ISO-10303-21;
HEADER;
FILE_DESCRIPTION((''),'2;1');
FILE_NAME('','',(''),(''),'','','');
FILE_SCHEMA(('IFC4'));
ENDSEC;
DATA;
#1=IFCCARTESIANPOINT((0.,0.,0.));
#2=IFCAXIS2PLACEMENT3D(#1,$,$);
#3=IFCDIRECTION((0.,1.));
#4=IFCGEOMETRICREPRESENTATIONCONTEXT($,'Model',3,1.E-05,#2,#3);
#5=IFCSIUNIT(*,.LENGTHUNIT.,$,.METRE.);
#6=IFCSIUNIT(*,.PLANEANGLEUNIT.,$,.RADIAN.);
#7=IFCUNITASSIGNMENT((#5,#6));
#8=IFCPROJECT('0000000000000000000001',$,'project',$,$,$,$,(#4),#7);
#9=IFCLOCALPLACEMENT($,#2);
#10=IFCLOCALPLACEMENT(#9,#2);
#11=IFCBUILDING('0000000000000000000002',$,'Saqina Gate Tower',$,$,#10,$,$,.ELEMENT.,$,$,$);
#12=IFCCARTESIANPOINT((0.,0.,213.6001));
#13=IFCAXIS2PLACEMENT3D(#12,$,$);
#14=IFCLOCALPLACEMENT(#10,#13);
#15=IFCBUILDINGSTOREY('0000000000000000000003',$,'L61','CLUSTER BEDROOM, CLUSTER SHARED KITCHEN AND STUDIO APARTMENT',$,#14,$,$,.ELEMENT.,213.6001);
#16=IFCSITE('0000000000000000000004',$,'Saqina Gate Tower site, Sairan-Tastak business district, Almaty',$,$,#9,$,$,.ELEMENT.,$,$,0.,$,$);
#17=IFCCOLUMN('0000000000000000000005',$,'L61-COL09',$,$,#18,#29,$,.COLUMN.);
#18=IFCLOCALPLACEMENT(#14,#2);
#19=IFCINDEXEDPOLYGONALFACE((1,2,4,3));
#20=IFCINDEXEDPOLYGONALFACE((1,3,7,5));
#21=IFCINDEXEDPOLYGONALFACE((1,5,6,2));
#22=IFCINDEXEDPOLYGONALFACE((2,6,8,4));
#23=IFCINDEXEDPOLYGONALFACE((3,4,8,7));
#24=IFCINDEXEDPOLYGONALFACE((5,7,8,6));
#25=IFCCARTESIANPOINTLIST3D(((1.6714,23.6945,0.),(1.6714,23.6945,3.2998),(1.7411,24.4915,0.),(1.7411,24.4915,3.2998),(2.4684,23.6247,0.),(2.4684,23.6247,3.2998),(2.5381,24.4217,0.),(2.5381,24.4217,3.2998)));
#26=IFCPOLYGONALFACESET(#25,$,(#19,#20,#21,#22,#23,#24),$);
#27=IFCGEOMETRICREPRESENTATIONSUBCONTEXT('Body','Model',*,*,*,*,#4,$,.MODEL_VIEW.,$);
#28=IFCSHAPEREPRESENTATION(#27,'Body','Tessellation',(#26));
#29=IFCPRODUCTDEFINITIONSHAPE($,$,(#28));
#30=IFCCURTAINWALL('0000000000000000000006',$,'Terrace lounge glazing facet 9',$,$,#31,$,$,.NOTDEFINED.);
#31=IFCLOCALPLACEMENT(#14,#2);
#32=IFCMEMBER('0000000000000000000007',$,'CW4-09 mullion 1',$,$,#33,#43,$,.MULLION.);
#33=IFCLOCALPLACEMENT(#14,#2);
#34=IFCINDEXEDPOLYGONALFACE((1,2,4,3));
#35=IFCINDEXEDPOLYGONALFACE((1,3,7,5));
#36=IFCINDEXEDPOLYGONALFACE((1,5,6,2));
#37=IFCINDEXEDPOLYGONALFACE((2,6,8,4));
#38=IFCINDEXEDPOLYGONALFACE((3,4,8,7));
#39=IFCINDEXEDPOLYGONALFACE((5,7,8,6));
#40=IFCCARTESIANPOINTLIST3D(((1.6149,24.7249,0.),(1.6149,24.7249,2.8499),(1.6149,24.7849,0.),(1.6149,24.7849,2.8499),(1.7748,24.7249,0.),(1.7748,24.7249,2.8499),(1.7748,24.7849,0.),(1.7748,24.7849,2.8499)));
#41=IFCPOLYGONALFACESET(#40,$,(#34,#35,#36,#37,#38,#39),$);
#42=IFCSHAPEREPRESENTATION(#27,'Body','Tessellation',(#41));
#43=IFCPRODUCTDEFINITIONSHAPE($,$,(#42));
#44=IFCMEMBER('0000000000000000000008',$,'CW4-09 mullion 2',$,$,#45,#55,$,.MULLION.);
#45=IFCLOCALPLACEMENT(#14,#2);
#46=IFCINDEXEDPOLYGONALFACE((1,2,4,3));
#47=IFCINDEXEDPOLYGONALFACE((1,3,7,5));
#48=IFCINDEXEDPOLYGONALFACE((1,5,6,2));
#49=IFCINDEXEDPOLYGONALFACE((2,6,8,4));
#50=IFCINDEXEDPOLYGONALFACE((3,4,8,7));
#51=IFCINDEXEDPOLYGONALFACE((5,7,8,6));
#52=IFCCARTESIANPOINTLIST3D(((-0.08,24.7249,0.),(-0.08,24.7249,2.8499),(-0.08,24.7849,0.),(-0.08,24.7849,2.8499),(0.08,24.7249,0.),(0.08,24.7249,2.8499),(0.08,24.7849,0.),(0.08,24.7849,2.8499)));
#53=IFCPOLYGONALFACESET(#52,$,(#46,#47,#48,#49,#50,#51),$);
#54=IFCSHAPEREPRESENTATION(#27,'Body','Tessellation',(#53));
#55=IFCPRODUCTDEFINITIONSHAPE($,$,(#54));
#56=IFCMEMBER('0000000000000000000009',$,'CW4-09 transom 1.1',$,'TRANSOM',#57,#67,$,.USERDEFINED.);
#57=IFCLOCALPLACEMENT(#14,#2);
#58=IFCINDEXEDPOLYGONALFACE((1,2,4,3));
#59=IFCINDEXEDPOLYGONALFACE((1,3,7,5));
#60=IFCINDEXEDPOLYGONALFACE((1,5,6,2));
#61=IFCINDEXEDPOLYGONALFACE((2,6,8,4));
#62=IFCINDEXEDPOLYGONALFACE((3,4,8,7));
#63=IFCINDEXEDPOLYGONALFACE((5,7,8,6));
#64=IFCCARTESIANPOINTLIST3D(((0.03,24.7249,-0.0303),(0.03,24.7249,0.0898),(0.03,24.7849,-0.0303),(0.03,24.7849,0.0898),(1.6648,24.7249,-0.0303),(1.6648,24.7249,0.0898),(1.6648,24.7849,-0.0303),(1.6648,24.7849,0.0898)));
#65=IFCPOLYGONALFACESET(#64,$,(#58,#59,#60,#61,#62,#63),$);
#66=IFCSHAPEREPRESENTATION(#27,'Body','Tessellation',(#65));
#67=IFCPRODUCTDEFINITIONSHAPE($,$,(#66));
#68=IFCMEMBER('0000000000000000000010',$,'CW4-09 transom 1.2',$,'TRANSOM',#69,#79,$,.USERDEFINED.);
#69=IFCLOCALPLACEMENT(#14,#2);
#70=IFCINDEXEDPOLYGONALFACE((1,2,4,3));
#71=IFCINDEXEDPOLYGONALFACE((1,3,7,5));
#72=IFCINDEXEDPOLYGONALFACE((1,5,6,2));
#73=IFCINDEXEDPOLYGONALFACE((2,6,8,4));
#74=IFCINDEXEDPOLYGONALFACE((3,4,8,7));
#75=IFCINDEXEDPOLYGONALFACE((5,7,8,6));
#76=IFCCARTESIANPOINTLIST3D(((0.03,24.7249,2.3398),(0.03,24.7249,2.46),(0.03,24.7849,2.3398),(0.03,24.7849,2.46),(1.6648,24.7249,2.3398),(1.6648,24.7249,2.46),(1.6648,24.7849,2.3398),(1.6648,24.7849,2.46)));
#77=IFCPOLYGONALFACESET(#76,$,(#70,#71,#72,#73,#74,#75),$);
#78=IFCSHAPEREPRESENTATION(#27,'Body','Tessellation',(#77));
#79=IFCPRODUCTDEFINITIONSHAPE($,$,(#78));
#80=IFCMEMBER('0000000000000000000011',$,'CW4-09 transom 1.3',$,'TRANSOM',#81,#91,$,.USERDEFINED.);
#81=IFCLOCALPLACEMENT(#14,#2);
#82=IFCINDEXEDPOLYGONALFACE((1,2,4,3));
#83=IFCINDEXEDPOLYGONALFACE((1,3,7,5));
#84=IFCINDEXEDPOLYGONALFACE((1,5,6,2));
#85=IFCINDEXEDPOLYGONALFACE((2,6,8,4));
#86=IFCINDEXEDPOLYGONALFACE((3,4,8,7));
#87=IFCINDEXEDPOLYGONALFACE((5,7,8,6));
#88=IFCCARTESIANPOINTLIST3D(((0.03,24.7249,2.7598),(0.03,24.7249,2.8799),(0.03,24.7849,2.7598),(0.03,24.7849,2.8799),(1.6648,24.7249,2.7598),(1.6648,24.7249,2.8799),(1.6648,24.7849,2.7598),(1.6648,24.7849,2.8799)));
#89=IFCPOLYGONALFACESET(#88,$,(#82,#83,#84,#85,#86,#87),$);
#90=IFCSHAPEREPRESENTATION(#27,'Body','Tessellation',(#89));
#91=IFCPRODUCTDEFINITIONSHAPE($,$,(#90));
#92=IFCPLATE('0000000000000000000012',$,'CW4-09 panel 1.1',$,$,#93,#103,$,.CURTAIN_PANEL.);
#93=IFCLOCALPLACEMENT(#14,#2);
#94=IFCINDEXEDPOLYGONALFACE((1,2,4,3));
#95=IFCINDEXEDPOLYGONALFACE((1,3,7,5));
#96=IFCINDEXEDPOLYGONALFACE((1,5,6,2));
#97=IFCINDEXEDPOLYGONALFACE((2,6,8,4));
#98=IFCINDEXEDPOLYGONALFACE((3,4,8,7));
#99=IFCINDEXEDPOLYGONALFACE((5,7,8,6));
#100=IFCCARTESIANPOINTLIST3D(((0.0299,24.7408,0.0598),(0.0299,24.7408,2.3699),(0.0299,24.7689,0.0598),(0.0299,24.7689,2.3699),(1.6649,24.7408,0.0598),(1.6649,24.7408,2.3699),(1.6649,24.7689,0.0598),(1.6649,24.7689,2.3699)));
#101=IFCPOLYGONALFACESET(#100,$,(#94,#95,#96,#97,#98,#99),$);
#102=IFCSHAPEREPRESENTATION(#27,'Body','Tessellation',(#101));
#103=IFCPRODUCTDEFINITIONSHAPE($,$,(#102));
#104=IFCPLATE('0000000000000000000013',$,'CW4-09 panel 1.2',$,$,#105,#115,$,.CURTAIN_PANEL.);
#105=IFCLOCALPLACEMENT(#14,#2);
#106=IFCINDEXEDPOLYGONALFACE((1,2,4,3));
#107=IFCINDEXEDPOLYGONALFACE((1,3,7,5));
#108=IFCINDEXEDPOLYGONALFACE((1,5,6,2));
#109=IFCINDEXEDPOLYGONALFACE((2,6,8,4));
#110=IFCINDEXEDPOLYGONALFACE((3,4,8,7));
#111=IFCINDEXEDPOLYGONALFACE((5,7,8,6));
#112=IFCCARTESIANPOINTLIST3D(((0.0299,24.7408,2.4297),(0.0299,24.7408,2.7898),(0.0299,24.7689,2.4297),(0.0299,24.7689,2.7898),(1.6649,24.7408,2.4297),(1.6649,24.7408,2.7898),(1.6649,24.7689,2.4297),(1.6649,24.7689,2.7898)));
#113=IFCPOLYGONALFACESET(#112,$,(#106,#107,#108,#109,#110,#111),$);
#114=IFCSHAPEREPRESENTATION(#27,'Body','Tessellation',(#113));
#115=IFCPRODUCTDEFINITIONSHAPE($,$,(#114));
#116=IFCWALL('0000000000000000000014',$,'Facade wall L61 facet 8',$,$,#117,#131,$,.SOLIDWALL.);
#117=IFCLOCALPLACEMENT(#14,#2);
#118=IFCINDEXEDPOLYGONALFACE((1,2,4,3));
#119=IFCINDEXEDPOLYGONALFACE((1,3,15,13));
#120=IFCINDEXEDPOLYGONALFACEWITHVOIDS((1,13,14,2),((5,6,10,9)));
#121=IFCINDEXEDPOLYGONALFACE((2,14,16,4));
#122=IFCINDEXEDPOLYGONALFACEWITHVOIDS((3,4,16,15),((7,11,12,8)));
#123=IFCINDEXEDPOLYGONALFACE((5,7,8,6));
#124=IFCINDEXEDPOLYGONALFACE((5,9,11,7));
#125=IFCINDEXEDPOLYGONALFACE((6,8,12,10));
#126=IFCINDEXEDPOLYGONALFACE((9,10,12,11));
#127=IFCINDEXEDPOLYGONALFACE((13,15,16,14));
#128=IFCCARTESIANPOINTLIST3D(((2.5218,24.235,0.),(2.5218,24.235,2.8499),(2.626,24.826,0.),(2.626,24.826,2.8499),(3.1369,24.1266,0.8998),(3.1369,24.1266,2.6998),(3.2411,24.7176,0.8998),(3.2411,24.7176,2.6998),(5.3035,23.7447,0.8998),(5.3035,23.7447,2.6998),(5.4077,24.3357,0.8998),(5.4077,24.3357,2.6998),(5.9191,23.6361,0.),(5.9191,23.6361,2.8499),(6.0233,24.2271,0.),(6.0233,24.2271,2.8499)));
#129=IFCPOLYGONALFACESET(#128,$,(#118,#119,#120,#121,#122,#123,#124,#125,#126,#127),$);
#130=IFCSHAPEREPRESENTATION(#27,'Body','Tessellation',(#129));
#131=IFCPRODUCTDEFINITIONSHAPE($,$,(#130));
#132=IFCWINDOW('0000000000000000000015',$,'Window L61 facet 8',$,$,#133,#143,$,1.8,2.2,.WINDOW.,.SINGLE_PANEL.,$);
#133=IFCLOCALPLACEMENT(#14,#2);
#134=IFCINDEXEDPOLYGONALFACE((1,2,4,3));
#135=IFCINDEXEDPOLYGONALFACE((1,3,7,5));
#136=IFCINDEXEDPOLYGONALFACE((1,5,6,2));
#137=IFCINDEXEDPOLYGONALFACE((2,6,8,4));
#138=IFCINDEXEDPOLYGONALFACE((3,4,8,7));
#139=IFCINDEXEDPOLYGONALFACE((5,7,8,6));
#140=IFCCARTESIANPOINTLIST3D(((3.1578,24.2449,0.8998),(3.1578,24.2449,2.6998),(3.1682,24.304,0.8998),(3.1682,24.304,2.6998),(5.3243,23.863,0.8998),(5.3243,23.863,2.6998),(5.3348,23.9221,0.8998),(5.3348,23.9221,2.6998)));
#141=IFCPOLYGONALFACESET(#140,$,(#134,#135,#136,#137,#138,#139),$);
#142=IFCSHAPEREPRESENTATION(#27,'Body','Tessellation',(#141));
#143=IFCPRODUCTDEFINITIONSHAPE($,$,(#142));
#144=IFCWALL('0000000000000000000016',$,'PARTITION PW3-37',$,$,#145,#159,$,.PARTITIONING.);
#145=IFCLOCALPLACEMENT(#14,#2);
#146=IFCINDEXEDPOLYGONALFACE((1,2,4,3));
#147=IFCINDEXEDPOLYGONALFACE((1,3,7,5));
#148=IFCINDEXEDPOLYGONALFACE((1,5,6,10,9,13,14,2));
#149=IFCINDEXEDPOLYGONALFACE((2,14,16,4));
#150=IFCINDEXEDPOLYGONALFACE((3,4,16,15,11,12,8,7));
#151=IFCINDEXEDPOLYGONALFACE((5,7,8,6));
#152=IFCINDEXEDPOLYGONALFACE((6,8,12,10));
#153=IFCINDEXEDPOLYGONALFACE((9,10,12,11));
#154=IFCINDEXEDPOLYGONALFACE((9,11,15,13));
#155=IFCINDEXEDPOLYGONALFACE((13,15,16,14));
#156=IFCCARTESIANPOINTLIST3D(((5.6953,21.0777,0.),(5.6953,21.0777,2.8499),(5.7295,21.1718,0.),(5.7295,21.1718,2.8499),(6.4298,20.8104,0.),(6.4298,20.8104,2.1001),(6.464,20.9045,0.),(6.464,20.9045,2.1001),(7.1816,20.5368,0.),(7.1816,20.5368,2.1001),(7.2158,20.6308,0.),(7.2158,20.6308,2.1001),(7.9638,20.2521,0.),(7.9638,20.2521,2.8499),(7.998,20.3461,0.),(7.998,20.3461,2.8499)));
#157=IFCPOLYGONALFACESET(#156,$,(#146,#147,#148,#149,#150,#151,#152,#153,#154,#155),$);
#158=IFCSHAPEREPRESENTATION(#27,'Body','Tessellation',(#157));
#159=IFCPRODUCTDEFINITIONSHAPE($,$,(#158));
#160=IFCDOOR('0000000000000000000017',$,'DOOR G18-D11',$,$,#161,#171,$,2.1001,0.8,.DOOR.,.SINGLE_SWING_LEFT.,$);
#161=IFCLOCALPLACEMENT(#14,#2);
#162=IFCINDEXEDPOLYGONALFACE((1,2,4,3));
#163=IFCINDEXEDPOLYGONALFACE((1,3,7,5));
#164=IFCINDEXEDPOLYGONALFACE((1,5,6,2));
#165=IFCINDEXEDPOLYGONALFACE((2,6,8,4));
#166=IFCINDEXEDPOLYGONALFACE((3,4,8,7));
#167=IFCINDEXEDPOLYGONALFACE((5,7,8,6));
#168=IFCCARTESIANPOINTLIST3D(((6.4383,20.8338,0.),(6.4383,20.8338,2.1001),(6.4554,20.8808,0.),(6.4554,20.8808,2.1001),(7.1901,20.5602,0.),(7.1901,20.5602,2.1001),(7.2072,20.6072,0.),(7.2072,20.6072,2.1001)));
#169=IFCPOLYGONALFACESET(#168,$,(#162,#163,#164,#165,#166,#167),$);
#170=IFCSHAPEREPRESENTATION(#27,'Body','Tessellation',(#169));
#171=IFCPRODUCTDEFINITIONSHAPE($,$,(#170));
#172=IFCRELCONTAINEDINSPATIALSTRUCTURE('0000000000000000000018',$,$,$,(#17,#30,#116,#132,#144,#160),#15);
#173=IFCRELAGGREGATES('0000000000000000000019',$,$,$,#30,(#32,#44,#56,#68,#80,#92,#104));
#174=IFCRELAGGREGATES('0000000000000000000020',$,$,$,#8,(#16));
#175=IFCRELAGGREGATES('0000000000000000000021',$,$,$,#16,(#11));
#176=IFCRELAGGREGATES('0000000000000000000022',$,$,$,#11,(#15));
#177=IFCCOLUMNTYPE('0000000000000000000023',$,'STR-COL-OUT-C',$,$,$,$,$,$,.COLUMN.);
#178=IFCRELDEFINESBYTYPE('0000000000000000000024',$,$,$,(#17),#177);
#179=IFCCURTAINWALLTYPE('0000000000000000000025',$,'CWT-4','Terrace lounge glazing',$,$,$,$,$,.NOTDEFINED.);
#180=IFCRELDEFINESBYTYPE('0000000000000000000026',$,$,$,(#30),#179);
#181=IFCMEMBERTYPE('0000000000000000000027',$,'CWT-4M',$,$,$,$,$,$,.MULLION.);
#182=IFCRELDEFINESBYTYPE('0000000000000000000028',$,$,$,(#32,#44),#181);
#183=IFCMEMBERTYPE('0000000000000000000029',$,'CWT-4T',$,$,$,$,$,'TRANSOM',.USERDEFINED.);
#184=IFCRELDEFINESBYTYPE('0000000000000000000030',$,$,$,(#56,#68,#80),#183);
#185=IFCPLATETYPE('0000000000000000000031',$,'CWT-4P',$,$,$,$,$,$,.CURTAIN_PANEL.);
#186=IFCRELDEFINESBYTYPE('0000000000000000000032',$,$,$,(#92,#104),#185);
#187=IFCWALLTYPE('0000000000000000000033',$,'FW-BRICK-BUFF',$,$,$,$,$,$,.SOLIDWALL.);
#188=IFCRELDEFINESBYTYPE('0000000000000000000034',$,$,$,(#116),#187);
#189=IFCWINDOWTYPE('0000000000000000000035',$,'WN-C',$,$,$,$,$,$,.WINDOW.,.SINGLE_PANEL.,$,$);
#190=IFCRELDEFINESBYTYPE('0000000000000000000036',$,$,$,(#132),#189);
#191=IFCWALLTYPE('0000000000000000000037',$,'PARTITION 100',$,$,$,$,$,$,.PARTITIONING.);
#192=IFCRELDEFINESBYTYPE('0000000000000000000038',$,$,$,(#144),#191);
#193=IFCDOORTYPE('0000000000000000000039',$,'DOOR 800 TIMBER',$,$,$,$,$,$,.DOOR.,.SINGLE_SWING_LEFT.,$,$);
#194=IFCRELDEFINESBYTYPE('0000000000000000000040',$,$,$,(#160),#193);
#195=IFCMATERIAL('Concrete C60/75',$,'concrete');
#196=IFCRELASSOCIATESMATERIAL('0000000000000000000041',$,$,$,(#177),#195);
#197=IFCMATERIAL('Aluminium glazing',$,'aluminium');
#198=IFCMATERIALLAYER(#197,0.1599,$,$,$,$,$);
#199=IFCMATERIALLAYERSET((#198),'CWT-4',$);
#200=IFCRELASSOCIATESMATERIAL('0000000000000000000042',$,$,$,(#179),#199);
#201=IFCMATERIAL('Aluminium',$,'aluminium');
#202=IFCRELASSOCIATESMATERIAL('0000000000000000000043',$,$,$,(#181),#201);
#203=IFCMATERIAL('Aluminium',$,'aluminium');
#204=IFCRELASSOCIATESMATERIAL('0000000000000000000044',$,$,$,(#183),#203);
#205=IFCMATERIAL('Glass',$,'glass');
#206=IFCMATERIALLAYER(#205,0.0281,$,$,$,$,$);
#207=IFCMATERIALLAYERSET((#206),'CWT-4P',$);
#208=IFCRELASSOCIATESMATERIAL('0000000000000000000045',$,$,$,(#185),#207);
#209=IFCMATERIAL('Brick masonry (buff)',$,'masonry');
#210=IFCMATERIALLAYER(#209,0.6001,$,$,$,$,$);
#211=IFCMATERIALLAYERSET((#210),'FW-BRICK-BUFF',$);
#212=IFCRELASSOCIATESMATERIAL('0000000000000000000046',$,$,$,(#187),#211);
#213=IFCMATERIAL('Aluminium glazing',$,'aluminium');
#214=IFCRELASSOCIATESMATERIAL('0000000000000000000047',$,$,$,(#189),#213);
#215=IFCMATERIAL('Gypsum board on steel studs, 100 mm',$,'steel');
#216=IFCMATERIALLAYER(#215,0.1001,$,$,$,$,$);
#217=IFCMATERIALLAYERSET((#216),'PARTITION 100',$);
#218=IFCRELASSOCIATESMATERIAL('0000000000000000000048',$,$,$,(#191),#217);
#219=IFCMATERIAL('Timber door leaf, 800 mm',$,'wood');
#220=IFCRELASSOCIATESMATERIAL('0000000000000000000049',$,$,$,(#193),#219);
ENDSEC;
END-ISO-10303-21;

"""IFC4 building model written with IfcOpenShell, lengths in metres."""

from ifc_helpers import new_model, si_unit, direction, frame, frame_2d, origin, origin_2d, place, context, subcontext, project, spatial, rectangle, extrude, material, layer, layer_set, material_profile, profile_set, type_object, element, fill, aggregate, save


model = new_model("IFC4")

# Units and contexts
model_context = context("Model", 3, precision=1e-05, world=origin(), true_north=direction((0.0, 1.0)))
body_context = subcontext(model_context, "Body", "Model", "MODEL_VIEW")
ifc_project = project(units=[si_unit("LENGTHUNIT", "METRE"), si_unit("PLANEANGLEUNIT", "RADIAN")], contexts=[model_context])

# Site, building, storey
site_placement = place(None, origin())
site = spatial("IfcSite", under=ifc_project, at=site_placement, Name="Saqina Gate Tower site, Sairan-Tastak business district, Almaty", CompositionType="ELEMENT", RefElevation=0.0)
building_placement = place(site_placement, origin())
building = spatial("IfcBuilding", under=site, at=building_placement, Name="Saqina Gate Tower", CompositionType="ELEMENT")
storey_placement = place(building_placement, frame((0.0, 0.0, 213.6001)))
storey = spatial("IfcBuildingStorey", under=building, at=storey_placement, Name="L61", Description="CLUSTER BEDROOM, CLUSTER SHARED KITCHEN AND STUDIO APARTMENT", CompositionType="ELEMENT", Elevation=213.6001)

# Column
ifc_material_1 = material(Name="Concrete C60/75", Category="concrete")
ifc_material_profile_1 = material_profile(ifc_material_1, rectangle(XDim=0.8, YDim=0.8, at=origin_2d()), Name="RC 800x800")
ifc_profile_set_1 = profile_set([ifc_material_profile_1], Name="Concrete C60/75")
column_type = type_object("IfcColumnType", Name="STR-COL-OUT-C", PredefinedType="COLUMN", material=ifc_profile_set_1)
column_placement = place(storey_placement, frame((2.1047, 24.0581, 0.0), z_axis=(0.0, 0.0, 1.0), x_axis=(0.087156, 0.996195, 0.0)))
element("IfcColumn", 1, at=column_placement, inside=storey, type_object=column_type, Name="L61-COL09", PredefinedType="COLUMN", context=body_context, shape_type="SweptSolid", body=[
    extrude(rectangle(XDim=0.8, YDim=0.8, at=origin_2d()), origin(), (0.0, 0.0, 1.0), 3.2998),
])

# Curtain wall, members, plates
ifc_material_2 = material(Name="Aluminium glazing", Category="aluminium")
ifc_layer_1 = layer(ifc_material_2, 0.1599)
ifc_layer_set_1 = layer_set([ifc_layer_1], Name="CWT-4")
curtain_wall_type = type_object("IfcCurtainWallType", Name="CWT-4", Description="Terrace lounge glazing", PredefinedType="NOTDEFINED", material=ifc_layer_set_1)
curtain_wall_placement = place(storey_placement, origin())
curtain_wall = element("IfcCurtainWall", 2, at=curtain_wall_placement, inside=storey, type_object=curtain_wall_type, Name="Terrace lounge glazing facet 9", PredefinedType="NOTDEFINED")
ifc_material_3 = material(Name="Aluminium", Category="aluminium")
ifc_material_profile_2 = material_profile(ifc_material_3, rectangle(XDim=0.0601, YDim=0.1599, at=origin_2d()), Name="Aluminium 60x160")
ifc_profile_set_2 = profile_set([ifc_material_profile_2], Name="Aluminium")
member_type_1 = type_object("IfcMemberType", Name="CWT-4M", PredefinedType="MULLION", material=ifc_profile_set_2)
member_1_placement = place(storey_placement, frame((1.6948, 24.7549, 0.0), z_axis=(0.0, 0.0, 1.0), x_axis=(0.0, -1.0, 0.0)))
member_1 = element("IfcMember", 3, at=member_1_placement, type_object=member_type_1, Name="CW4-09 mullion 1", PredefinedType="MULLION", context=body_context, shape_type="SweptSolid", body=[
    extrude(rectangle(XDim=0.0601, YDim=0.1599, at=origin_2d()), origin(), (0.0, 0.0, 1.0), 2.8499),
])
member_2_placement = place(storey_placement, frame((0.0, 24.7549, 0.0), z_axis=(0.0, 0.0, 1.0), x_axis=(0.0, -1.0, 0.0)))
member_2 = element("IfcMember", 4, at=member_2_placement, type_object=member_type_1, Name="CW4-09 mullion 2", PredefinedType="MULLION", context=body_context, shape_type="SweptSolid", body=[
    extrude(rectangle(XDim=0.0601, YDim=0.1599, at=origin_2d()), origin(), (0.0, 0.0, 1.0), 2.8499),
])
ifc_material_4 = material(Name="Aluminium", Category="aluminium")
ifc_material_profile_3 = material_profile(ifc_material_4, rectangle(XDim=0.0601, YDim=0.1201, at=origin_2d()), Name="Aluminium 60x120")
ifc_profile_set_3 = profile_set([ifc_material_profile_3], Name="Aluminium")
member_type_2 = type_object("IfcMemberType", Name="CWT-4T", ElementType="TRANSOM", PredefinedType="USERDEFINED", material=ifc_profile_set_3)
member_3_placement = place(storey_placement, frame((1.6648, 24.7549, 0.0298), z_axis=(-1.0, 0.0, 0.0), x_axis=(0.0, -1.0, 0.0)))
member_3 = element("IfcMember", 5, at=member_3_placement, type_object=member_type_2, Name="CW4-09 transom 1.1", ObjectType="TRANSOM", PredefinedType="USERDEFINED", context=body_context, shape_type="SweptSolid", body=[
    extrude(rectangle(XDim=0.0601, YDim=0.1201, at=origin_2d()), origin(), (0.0, 0.0, 1.0), 1.6348),
])
member_4_placement = place(storey_placement, frame((1.6648, 24.7549, 2.3999), z_axis=(-1.0, 0.0, 0.0), x_axis=(0.0, -1.0, 0.0)))
member_4 = element("IfcMember", 6, at=member_4_placement, type_object=member_type_2, Name="CW4-09 transom 1.2", ObjectType="TRANSOM", PredefinedType="USERDEFINED", context=body_context, shape_type="SweptSolid", body=[
    extrude(rectangle(XDim=0.0601, YDim=0.1201, at=origin_2d()), origin(), (0.0, 0.0, 1.0), 1.6348),
])
member_5_placement = place(storey_placement, frame((1.6648, 24.7549, 2.8198), z_axis=(-1.0, 0.0, 0.0), x_axis=(0.0, -1.0, 0.0)))
member_5 = element("IfcMember", 7, at=member_5_placement, type_object=member_type_2, Name="CW4-09 transom 1.3", ObjectType="TRANSOM", PredefinedType="USERDEFINED", context=body_context, shape_type="SweptSolid", body=[
    extrude(rectangle(XDim=0.0601, YDim=0.1201, at=origin_2d()), origin(), (0.0, 0.0, 1.0), 1.6348),
])
ifc_material_5 = material(Name="Glass", Category="glass")
ifc_layer_2 = layer(ifc_material_5, 0.0281)
ifc_layer_set_2 = layer_set([ifc_layer_2], Name="CWT-4P")
plate_type = type_object("IfcPlateType", Name="CWT-4P", PredefinedType="CURTAIN_PANEL", material=ifc_layer_set_2)
plate_1_placement = place(storey_placement, frame((0.8474, 24.7549, 0.0598), z_axis=(0.0, 0.0, 1.0), x_axis=(-1.0, 0.0, 0.0)))
plate_1 = element("IfcPlate", 8, at=plate_1_placement, type_object=plate_type, Name="CW4-09 panel 1.1", PredefinedType="CURTAIN_PANEL", context=body_context, shape_type="SweptSolid", body=[
    extrude(rectangle(XDim=1.635, YDim=0.0281, at=origin_2d()), origin(), (0.0, 0.0, 1.0), 2.3101),
])
plate_2_placement = place(storey_placement, frame((0.8474, 24.7549, 2.4297), z_axis=(0.0, 0.0, 1.0), x_axis=(-1.0, 0.0, 0.0)))
plate_2 = element("IfcPlate", 9, at=plate_2_placement, type_object=plate_type, Name="CW4-09 panel 1.2", PredefinedType="CURTAIN_PANEL", context=body_context, shape_type="SweptSolid", body=[
    extrude(rectangle(XDim=1.635, YDim=0.0281, at=origin_2d()), origin(), (0.0, 0.0, 1.0), 0.3601),
])
aggregate(curtain_wall, [member_1, member_2, member_3, member_4, member_5, plate_1, plate_2])

# Wall, opening, window
ifc_material_6 = material(Name="Brick masonry (buff)", Category="masonry")
ifc_layer_3 = layer(ifc_material_6, 0.6001)
ifc_layer_set_3 = layer_set([ifc_layer_3], Name="FW-BRICK-BUFF")
wall_type_1 = type_object("IfcWallType", Name="FW-BRICK-BUFF", PredefinedType="SOLIDWALL", material=ifc_layer_set_3)
wall_1_placement = place(storey_placement, frame((5.9712, 23.9316, 0.0), z_axis=(0.0, 0.0, 1.0), x_axis=(-0.984815, 0.173608, 0.0)))
wall_1 = element("IfcWall", 10, at=wall_1_placement, inside=storey, type_object=wall_type_1, Name="Facade wall L61 facet 8", PredefinedType="SOLIDWALL", context=body_context, shape_type="SweptSolid", body=[
    extrude(rectangle(XDim=3.4497, YDim=0.6001, at=frame_2d((1.7249, 0.0))), origin(), (0.0, 0.0, 1.0), 2.8499),
])
opening_1_placement = place(wall_1_placement, frame((0.625, 0.0, 0.8999)))
opening_1 = element("IfcOpeningElement", 11, at=opening_1_placement, cuts=wall_1, PredefinedType="OPENING", context=body_context, shape_type="SweptSolid", body=[
    extrude(rectangle(XDim=2.2, YDim=1.8, at=frame_2d((1.1001, 0.8999))), frame((0.0, 0.312, 0.0), z_axis=(0.0, -1.0, 0.0), x_axis=(1.0, 0.0, 0.0)), (0.0, 0.0, 1.0), 0.624),
])
ifc_material_7 = material(Name="Aluminium glazing", Category="aluminium")
window_type = type_object("IfcWindowType", Name="WN-C", PartitioningType="SINGLE_PANEL", PredefinedType="WINDOW", material=ifc_material_7)
window_placement = place(opening_1_placement, origin())
window = element("IfcWindow", 12, at=window_placement, inside=storey, type_object=window_type, Name="Window L61 facet 8", OverallHeight=1.8, OverallWidth=2.2, PartitioningType="SINGLE_PANEL", PredefinedType="WINDOW", context=body_context, shape_type="SweptSolid", body=[
    extrude(rectangle(XDim=2.2, YDim=1.8, at=frame_2d((1.1001, 0.8999))), frame((0.0, 0.1799, 0.0), z_axis=(0.0, -1.0, 0.0), x_axis=(1.0, 0.0, 0.0)), (0.0, 0.0, 1.0), 0.0601),
])
fill(opening_1, window)

# Wall, opening, door
ifc_material_8 = material(Name="Gypsum board on steel studs, 100 mm", Category="steel")
ifc_layer_4 = layer(ifc_material_8, 0.1001)
ifc_layer_set_4 = layer_set([ifc_layer_4], Name="PARTITION 100")
wall_type_2 = type_object("IfcWallType", Name="PARTITION 100", PredefinedType="PARTITIONING", material=ifc_layer_set_4)
wall_2_placement = place(storey_placement, frame((5.7124, 21.1248, 0.0), z_axis=(0.0, 0.0, 1.0), x_axis=(0.939693, -0.342019, 0.0)))
wall_2 = element("IfcWall", 13, at=wall_2_placement, inside=storey, type_object=wall_type_2, Name="PARTITION PW3-37", PredefinedType="PARTITIONING", context=body_context, shape_type="SweptSolid", body=[
    extrude(rectangle(XDim=2.4141, YDim=0.1001, at=frame_2d((1.207, 0.0))), origin(), (0.0, 0.0, 1.0), 2.8499),
])
opening_2_placement = place(wall_2_placement, frame((0.7817, 0.0, 0.0)))
opening_2 = element("IfcOpeningElement", 14, at=opening_2_placement, cuts=wall_2, PredefinedType="OPENING", context=body_context, shape_type="SweptSolid", body=[
    extrude(rectangle(XDim=0.8, YDim=2.1001, at=frame_2d((0.3999, 1.05))), frame((0.0, 0.062, 0.0), z_axis=(0.0, -1.0, 0.0), x_axis=(1.0, 0.0, 0.0)), (0.0, 0.0, 1.0), 0.124),
])
ifc_material_9 = material(Name="Timber door leaf, 800 mm", Category="wood")
door_type = type_object("IfcDoorType", Name="DOOR 800 TIMBER", OperationType="SINGLE_SWING_LEFT", PredefinedType="DOOR", material=ifc_material_9)
door_1_placement = place(opening_2_placement, origin())
door_1 = element("IfcDoor", 15, at=door_1_placement, inside=storey, type_object=door_type, Name="DOOR G18-D11", OperationType="SINGLE_SWING_LEFT", OverallHeight=2.1001, OverallWidth=0.8, PredefinedType="DOOR", context=body_context, shape_type="SweptSolid", body=[
    extrude(rectangle(XDim=0.8, YDim=2.1001, at=frame_2d((0.3999, 1.05))), frame((0.0, 0.0249, 0.0), z_axis=(0.0, -1.0, 0.0), x_axis=(1.0, 0.0, 0.0)), (0.0, 0.0, 1.0), 0.05),
])
fill(opening_2, door_1)

save(model, "model.ifc")
